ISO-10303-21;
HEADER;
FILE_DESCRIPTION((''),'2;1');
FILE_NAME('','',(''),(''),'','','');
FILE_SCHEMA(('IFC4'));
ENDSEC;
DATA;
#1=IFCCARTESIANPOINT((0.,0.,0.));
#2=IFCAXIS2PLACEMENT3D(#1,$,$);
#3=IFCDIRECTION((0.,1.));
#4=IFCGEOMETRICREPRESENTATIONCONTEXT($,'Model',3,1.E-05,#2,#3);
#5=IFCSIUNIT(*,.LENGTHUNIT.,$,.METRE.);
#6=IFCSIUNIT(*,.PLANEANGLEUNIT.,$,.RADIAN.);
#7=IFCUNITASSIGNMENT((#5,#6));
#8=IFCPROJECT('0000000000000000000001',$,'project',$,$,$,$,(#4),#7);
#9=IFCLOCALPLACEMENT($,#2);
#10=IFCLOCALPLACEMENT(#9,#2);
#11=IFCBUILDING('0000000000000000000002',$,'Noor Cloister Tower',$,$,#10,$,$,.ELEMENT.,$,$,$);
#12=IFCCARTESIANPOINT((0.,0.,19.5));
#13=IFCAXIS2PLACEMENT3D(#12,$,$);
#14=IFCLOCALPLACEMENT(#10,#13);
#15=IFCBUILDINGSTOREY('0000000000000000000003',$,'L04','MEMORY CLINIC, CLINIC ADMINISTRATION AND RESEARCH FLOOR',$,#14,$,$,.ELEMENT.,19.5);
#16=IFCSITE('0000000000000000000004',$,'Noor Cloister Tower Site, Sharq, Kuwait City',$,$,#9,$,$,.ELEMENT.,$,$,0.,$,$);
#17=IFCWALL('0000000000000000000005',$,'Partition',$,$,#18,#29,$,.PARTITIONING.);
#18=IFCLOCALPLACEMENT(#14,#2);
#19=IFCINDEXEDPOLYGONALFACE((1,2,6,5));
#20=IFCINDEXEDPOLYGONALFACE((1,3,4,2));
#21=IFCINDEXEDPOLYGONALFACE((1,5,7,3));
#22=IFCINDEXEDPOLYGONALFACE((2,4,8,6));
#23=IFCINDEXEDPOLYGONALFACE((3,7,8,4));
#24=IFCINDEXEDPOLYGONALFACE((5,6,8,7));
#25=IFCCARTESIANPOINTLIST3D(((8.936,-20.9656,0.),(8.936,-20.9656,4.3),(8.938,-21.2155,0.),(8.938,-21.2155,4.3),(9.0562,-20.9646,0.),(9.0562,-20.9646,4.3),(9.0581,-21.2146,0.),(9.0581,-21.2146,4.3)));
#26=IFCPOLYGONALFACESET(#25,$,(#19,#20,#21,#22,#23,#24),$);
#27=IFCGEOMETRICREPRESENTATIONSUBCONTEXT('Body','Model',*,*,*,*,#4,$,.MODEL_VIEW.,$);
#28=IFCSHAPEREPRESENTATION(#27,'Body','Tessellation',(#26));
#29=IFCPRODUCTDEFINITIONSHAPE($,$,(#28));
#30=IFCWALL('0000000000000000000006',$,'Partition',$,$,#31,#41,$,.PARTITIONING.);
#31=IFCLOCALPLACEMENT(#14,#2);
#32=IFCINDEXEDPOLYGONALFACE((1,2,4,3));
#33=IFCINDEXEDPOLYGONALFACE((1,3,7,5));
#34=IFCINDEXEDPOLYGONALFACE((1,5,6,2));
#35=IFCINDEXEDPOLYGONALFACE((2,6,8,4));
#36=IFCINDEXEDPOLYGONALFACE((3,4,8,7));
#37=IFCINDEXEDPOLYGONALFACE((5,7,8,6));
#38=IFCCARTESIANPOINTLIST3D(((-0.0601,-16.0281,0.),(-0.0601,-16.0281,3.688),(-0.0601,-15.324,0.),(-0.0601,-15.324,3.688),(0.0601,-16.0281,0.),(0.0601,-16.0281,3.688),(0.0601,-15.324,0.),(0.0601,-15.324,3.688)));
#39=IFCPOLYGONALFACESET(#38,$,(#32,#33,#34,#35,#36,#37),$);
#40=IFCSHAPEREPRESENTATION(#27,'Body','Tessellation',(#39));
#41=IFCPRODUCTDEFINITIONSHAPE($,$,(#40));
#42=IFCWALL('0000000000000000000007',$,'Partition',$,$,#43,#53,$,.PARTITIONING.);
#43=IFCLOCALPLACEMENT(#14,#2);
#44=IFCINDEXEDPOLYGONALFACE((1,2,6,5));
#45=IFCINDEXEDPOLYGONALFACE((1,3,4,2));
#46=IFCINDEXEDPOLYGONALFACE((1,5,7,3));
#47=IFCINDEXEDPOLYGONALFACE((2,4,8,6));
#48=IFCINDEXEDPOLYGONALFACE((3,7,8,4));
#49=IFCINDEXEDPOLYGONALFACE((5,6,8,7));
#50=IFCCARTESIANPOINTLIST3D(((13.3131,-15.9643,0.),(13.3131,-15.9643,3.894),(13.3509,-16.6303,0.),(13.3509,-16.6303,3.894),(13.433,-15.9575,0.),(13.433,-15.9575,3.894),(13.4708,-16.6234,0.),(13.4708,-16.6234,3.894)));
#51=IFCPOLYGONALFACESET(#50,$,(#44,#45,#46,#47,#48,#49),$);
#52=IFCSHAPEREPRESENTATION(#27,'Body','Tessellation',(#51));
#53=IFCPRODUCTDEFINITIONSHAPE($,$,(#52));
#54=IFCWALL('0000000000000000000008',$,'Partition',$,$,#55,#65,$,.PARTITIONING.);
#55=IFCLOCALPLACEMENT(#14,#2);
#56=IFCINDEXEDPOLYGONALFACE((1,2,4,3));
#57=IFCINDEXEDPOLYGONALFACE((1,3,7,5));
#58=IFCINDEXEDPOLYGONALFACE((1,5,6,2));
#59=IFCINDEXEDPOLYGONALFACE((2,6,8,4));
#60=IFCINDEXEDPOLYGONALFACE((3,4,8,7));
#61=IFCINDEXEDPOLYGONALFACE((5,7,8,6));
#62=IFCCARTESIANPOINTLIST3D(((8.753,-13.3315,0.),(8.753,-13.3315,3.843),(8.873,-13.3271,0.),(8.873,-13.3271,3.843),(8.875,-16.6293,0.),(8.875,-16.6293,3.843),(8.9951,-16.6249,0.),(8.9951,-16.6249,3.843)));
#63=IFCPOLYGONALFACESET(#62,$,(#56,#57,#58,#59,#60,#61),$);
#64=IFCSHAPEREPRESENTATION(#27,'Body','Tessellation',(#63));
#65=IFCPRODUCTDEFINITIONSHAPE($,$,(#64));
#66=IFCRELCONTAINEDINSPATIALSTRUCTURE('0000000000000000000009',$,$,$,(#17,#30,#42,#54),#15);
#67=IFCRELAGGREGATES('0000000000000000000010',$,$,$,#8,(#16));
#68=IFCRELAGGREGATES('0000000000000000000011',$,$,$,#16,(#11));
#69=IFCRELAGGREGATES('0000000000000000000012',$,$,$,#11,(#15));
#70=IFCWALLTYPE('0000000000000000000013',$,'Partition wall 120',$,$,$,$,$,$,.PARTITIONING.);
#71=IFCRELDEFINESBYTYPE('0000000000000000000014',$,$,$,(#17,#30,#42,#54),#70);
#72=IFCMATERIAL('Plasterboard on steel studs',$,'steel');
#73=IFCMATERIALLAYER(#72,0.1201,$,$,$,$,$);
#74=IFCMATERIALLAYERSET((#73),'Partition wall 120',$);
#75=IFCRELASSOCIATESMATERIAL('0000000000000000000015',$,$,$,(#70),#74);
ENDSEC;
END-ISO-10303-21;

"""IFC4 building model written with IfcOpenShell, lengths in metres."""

from ifc_helpers import new_model, si_unit, direction, frame, frame_2d, origin, place, context, subcontext, project, spatial, rectangle, extrude, material, layer, layer_set, type_object, element, save


model = new_model("IFC4")

# Units and contexts
model_context = context("Model", 3, precision=1e-05, world=origin(), true_north=direction((0.0, 1.0)))
body_context = subcontext(model_context, "Body", "Model", "MODEL_VIEW")
ifc_project = project(units=[si_unit("LENGTHUNIT", "METRE"), si_unit("PLANEANGLEUNIT", "RADIAN")], contexts=[model_context])

# Site, building, storey
site_placement = place(None, origin())
site = spatial("IfcSite", under=ifc_project, at=site_placement, Name="Noor Cloister Tower Site, Sharq, Kuwait City", CompositionType="ELEMENT", RefElevation=0.0)
building_placement = place(site_placement, origin())
building = spatial("IfcBuilding", under=site, at=building_placement, Name="Noor Cloister Tower", CompositionType="ELEMENT")
storey_placement = place(building_placement, frame((0.0, 0.0, 19.5)))
storey = spatial("IfcBuildingStorey", under=building, at=storey_placement, Name="L04", Description="MEMORY CLINIC, CLINIC ADMINISTRATION AND RESEARCH FLOOR", CompositionType="ELEMENT", Elevation=19.5)

# Shared definitions
ifc_material_1 = material(Name="Plasterboard on steel studs", Category="steel")
ifc_layer_1 = layer(ifc_material_1, 0.1201)
ifc_layer_set_1 = layer_set([ifc_layer_1], Name="Partition wall 120")
wall_type_1 = type_object("IfcWallType", Name="Partition wall 120", PredefinedType="PARTITIONING", material=ifc_layer_set_1)

# Walls
wall_1_placement = place(storey_placement, frame((8.9961, -20.9651, 0.0), z_axis=(0.0, 0.0, 1.0), x_axis=(0.007812, -0.999969, 0.0)))
element("IfcWall", 1, at=wall_1_placement, inside=storey, type_object=wall_type_1, Name="Partition", PredefinedType="PARTITIONING", context=body_context, shape_type="SweptSolid", body=[
    extrude(rectangle(XDim=0.25, YDim=0.1201, at=frame_2d((0.125, 0.0))), origin(), (0.0, 0.0, 1.0), 4.3),
])
wall_2_placement = place(storey_placement, frame((0.0, -16.0281, 0.0), z_axis=(0.0, 0.0, 1.0), x_axis=(0.0, 1.0, 0.0)))
element("IfcWall", 2, at=wall_2_placement, inside=storey, type_object=wall_type_1, Name="Partition", PredefinedType="PARTITIONING", context=body_context, shape_type="SweptSolid", body=[
    extrude(rectangle(XDim=0.7041, YDim=0.1201, at=frame_2d((0.3521, 0.0))), origin(), (0.0, 0.0, 1.0), 3.688),
])
wall_3_placement = place(storey_placement, frame((13.373, -15.9609, 0.0), z_axis=(0.0, 0.0, 1.0), x_axis=(0.056727, -0.99839, 0.0)))
element("IfcWall", 3, at=wall_3_placement, inside=storey, type_object=wall_type_1, Name="Partition", PredefinedType="PARTITIONING", context=body_context, shape_type="SweptSolid", body=[
    extrude(rectangle(XDim=0.667, YDim=0.1201, at=frame_2d((0.3335, 0.0))), origin(), (0.0, 0.0, 1.0), 3.894),
])
wall_4_placement = place(storey_placement, frame((8.9351, -16.627, 0.0), z_axis=(0.0, 0.0, 1.0), x_axis=(-0.03699, 0.999316, 0.0)))
element("IfcWall", 4, at=wall_4_placement, inside=storey, type_object=wall_type_1, Name="Partition", PredefinedType="PARTITIONING", context=body_context, shape_type="SweptSolid", body=[
    extrude(rectangle(XDim=3.3, YDim=0.1201, at=frame_2d((1.6499, 0.0))), origin(), (0.0, 0.0, 1.0), 3.843),
])

save(model, "model.ifc")
